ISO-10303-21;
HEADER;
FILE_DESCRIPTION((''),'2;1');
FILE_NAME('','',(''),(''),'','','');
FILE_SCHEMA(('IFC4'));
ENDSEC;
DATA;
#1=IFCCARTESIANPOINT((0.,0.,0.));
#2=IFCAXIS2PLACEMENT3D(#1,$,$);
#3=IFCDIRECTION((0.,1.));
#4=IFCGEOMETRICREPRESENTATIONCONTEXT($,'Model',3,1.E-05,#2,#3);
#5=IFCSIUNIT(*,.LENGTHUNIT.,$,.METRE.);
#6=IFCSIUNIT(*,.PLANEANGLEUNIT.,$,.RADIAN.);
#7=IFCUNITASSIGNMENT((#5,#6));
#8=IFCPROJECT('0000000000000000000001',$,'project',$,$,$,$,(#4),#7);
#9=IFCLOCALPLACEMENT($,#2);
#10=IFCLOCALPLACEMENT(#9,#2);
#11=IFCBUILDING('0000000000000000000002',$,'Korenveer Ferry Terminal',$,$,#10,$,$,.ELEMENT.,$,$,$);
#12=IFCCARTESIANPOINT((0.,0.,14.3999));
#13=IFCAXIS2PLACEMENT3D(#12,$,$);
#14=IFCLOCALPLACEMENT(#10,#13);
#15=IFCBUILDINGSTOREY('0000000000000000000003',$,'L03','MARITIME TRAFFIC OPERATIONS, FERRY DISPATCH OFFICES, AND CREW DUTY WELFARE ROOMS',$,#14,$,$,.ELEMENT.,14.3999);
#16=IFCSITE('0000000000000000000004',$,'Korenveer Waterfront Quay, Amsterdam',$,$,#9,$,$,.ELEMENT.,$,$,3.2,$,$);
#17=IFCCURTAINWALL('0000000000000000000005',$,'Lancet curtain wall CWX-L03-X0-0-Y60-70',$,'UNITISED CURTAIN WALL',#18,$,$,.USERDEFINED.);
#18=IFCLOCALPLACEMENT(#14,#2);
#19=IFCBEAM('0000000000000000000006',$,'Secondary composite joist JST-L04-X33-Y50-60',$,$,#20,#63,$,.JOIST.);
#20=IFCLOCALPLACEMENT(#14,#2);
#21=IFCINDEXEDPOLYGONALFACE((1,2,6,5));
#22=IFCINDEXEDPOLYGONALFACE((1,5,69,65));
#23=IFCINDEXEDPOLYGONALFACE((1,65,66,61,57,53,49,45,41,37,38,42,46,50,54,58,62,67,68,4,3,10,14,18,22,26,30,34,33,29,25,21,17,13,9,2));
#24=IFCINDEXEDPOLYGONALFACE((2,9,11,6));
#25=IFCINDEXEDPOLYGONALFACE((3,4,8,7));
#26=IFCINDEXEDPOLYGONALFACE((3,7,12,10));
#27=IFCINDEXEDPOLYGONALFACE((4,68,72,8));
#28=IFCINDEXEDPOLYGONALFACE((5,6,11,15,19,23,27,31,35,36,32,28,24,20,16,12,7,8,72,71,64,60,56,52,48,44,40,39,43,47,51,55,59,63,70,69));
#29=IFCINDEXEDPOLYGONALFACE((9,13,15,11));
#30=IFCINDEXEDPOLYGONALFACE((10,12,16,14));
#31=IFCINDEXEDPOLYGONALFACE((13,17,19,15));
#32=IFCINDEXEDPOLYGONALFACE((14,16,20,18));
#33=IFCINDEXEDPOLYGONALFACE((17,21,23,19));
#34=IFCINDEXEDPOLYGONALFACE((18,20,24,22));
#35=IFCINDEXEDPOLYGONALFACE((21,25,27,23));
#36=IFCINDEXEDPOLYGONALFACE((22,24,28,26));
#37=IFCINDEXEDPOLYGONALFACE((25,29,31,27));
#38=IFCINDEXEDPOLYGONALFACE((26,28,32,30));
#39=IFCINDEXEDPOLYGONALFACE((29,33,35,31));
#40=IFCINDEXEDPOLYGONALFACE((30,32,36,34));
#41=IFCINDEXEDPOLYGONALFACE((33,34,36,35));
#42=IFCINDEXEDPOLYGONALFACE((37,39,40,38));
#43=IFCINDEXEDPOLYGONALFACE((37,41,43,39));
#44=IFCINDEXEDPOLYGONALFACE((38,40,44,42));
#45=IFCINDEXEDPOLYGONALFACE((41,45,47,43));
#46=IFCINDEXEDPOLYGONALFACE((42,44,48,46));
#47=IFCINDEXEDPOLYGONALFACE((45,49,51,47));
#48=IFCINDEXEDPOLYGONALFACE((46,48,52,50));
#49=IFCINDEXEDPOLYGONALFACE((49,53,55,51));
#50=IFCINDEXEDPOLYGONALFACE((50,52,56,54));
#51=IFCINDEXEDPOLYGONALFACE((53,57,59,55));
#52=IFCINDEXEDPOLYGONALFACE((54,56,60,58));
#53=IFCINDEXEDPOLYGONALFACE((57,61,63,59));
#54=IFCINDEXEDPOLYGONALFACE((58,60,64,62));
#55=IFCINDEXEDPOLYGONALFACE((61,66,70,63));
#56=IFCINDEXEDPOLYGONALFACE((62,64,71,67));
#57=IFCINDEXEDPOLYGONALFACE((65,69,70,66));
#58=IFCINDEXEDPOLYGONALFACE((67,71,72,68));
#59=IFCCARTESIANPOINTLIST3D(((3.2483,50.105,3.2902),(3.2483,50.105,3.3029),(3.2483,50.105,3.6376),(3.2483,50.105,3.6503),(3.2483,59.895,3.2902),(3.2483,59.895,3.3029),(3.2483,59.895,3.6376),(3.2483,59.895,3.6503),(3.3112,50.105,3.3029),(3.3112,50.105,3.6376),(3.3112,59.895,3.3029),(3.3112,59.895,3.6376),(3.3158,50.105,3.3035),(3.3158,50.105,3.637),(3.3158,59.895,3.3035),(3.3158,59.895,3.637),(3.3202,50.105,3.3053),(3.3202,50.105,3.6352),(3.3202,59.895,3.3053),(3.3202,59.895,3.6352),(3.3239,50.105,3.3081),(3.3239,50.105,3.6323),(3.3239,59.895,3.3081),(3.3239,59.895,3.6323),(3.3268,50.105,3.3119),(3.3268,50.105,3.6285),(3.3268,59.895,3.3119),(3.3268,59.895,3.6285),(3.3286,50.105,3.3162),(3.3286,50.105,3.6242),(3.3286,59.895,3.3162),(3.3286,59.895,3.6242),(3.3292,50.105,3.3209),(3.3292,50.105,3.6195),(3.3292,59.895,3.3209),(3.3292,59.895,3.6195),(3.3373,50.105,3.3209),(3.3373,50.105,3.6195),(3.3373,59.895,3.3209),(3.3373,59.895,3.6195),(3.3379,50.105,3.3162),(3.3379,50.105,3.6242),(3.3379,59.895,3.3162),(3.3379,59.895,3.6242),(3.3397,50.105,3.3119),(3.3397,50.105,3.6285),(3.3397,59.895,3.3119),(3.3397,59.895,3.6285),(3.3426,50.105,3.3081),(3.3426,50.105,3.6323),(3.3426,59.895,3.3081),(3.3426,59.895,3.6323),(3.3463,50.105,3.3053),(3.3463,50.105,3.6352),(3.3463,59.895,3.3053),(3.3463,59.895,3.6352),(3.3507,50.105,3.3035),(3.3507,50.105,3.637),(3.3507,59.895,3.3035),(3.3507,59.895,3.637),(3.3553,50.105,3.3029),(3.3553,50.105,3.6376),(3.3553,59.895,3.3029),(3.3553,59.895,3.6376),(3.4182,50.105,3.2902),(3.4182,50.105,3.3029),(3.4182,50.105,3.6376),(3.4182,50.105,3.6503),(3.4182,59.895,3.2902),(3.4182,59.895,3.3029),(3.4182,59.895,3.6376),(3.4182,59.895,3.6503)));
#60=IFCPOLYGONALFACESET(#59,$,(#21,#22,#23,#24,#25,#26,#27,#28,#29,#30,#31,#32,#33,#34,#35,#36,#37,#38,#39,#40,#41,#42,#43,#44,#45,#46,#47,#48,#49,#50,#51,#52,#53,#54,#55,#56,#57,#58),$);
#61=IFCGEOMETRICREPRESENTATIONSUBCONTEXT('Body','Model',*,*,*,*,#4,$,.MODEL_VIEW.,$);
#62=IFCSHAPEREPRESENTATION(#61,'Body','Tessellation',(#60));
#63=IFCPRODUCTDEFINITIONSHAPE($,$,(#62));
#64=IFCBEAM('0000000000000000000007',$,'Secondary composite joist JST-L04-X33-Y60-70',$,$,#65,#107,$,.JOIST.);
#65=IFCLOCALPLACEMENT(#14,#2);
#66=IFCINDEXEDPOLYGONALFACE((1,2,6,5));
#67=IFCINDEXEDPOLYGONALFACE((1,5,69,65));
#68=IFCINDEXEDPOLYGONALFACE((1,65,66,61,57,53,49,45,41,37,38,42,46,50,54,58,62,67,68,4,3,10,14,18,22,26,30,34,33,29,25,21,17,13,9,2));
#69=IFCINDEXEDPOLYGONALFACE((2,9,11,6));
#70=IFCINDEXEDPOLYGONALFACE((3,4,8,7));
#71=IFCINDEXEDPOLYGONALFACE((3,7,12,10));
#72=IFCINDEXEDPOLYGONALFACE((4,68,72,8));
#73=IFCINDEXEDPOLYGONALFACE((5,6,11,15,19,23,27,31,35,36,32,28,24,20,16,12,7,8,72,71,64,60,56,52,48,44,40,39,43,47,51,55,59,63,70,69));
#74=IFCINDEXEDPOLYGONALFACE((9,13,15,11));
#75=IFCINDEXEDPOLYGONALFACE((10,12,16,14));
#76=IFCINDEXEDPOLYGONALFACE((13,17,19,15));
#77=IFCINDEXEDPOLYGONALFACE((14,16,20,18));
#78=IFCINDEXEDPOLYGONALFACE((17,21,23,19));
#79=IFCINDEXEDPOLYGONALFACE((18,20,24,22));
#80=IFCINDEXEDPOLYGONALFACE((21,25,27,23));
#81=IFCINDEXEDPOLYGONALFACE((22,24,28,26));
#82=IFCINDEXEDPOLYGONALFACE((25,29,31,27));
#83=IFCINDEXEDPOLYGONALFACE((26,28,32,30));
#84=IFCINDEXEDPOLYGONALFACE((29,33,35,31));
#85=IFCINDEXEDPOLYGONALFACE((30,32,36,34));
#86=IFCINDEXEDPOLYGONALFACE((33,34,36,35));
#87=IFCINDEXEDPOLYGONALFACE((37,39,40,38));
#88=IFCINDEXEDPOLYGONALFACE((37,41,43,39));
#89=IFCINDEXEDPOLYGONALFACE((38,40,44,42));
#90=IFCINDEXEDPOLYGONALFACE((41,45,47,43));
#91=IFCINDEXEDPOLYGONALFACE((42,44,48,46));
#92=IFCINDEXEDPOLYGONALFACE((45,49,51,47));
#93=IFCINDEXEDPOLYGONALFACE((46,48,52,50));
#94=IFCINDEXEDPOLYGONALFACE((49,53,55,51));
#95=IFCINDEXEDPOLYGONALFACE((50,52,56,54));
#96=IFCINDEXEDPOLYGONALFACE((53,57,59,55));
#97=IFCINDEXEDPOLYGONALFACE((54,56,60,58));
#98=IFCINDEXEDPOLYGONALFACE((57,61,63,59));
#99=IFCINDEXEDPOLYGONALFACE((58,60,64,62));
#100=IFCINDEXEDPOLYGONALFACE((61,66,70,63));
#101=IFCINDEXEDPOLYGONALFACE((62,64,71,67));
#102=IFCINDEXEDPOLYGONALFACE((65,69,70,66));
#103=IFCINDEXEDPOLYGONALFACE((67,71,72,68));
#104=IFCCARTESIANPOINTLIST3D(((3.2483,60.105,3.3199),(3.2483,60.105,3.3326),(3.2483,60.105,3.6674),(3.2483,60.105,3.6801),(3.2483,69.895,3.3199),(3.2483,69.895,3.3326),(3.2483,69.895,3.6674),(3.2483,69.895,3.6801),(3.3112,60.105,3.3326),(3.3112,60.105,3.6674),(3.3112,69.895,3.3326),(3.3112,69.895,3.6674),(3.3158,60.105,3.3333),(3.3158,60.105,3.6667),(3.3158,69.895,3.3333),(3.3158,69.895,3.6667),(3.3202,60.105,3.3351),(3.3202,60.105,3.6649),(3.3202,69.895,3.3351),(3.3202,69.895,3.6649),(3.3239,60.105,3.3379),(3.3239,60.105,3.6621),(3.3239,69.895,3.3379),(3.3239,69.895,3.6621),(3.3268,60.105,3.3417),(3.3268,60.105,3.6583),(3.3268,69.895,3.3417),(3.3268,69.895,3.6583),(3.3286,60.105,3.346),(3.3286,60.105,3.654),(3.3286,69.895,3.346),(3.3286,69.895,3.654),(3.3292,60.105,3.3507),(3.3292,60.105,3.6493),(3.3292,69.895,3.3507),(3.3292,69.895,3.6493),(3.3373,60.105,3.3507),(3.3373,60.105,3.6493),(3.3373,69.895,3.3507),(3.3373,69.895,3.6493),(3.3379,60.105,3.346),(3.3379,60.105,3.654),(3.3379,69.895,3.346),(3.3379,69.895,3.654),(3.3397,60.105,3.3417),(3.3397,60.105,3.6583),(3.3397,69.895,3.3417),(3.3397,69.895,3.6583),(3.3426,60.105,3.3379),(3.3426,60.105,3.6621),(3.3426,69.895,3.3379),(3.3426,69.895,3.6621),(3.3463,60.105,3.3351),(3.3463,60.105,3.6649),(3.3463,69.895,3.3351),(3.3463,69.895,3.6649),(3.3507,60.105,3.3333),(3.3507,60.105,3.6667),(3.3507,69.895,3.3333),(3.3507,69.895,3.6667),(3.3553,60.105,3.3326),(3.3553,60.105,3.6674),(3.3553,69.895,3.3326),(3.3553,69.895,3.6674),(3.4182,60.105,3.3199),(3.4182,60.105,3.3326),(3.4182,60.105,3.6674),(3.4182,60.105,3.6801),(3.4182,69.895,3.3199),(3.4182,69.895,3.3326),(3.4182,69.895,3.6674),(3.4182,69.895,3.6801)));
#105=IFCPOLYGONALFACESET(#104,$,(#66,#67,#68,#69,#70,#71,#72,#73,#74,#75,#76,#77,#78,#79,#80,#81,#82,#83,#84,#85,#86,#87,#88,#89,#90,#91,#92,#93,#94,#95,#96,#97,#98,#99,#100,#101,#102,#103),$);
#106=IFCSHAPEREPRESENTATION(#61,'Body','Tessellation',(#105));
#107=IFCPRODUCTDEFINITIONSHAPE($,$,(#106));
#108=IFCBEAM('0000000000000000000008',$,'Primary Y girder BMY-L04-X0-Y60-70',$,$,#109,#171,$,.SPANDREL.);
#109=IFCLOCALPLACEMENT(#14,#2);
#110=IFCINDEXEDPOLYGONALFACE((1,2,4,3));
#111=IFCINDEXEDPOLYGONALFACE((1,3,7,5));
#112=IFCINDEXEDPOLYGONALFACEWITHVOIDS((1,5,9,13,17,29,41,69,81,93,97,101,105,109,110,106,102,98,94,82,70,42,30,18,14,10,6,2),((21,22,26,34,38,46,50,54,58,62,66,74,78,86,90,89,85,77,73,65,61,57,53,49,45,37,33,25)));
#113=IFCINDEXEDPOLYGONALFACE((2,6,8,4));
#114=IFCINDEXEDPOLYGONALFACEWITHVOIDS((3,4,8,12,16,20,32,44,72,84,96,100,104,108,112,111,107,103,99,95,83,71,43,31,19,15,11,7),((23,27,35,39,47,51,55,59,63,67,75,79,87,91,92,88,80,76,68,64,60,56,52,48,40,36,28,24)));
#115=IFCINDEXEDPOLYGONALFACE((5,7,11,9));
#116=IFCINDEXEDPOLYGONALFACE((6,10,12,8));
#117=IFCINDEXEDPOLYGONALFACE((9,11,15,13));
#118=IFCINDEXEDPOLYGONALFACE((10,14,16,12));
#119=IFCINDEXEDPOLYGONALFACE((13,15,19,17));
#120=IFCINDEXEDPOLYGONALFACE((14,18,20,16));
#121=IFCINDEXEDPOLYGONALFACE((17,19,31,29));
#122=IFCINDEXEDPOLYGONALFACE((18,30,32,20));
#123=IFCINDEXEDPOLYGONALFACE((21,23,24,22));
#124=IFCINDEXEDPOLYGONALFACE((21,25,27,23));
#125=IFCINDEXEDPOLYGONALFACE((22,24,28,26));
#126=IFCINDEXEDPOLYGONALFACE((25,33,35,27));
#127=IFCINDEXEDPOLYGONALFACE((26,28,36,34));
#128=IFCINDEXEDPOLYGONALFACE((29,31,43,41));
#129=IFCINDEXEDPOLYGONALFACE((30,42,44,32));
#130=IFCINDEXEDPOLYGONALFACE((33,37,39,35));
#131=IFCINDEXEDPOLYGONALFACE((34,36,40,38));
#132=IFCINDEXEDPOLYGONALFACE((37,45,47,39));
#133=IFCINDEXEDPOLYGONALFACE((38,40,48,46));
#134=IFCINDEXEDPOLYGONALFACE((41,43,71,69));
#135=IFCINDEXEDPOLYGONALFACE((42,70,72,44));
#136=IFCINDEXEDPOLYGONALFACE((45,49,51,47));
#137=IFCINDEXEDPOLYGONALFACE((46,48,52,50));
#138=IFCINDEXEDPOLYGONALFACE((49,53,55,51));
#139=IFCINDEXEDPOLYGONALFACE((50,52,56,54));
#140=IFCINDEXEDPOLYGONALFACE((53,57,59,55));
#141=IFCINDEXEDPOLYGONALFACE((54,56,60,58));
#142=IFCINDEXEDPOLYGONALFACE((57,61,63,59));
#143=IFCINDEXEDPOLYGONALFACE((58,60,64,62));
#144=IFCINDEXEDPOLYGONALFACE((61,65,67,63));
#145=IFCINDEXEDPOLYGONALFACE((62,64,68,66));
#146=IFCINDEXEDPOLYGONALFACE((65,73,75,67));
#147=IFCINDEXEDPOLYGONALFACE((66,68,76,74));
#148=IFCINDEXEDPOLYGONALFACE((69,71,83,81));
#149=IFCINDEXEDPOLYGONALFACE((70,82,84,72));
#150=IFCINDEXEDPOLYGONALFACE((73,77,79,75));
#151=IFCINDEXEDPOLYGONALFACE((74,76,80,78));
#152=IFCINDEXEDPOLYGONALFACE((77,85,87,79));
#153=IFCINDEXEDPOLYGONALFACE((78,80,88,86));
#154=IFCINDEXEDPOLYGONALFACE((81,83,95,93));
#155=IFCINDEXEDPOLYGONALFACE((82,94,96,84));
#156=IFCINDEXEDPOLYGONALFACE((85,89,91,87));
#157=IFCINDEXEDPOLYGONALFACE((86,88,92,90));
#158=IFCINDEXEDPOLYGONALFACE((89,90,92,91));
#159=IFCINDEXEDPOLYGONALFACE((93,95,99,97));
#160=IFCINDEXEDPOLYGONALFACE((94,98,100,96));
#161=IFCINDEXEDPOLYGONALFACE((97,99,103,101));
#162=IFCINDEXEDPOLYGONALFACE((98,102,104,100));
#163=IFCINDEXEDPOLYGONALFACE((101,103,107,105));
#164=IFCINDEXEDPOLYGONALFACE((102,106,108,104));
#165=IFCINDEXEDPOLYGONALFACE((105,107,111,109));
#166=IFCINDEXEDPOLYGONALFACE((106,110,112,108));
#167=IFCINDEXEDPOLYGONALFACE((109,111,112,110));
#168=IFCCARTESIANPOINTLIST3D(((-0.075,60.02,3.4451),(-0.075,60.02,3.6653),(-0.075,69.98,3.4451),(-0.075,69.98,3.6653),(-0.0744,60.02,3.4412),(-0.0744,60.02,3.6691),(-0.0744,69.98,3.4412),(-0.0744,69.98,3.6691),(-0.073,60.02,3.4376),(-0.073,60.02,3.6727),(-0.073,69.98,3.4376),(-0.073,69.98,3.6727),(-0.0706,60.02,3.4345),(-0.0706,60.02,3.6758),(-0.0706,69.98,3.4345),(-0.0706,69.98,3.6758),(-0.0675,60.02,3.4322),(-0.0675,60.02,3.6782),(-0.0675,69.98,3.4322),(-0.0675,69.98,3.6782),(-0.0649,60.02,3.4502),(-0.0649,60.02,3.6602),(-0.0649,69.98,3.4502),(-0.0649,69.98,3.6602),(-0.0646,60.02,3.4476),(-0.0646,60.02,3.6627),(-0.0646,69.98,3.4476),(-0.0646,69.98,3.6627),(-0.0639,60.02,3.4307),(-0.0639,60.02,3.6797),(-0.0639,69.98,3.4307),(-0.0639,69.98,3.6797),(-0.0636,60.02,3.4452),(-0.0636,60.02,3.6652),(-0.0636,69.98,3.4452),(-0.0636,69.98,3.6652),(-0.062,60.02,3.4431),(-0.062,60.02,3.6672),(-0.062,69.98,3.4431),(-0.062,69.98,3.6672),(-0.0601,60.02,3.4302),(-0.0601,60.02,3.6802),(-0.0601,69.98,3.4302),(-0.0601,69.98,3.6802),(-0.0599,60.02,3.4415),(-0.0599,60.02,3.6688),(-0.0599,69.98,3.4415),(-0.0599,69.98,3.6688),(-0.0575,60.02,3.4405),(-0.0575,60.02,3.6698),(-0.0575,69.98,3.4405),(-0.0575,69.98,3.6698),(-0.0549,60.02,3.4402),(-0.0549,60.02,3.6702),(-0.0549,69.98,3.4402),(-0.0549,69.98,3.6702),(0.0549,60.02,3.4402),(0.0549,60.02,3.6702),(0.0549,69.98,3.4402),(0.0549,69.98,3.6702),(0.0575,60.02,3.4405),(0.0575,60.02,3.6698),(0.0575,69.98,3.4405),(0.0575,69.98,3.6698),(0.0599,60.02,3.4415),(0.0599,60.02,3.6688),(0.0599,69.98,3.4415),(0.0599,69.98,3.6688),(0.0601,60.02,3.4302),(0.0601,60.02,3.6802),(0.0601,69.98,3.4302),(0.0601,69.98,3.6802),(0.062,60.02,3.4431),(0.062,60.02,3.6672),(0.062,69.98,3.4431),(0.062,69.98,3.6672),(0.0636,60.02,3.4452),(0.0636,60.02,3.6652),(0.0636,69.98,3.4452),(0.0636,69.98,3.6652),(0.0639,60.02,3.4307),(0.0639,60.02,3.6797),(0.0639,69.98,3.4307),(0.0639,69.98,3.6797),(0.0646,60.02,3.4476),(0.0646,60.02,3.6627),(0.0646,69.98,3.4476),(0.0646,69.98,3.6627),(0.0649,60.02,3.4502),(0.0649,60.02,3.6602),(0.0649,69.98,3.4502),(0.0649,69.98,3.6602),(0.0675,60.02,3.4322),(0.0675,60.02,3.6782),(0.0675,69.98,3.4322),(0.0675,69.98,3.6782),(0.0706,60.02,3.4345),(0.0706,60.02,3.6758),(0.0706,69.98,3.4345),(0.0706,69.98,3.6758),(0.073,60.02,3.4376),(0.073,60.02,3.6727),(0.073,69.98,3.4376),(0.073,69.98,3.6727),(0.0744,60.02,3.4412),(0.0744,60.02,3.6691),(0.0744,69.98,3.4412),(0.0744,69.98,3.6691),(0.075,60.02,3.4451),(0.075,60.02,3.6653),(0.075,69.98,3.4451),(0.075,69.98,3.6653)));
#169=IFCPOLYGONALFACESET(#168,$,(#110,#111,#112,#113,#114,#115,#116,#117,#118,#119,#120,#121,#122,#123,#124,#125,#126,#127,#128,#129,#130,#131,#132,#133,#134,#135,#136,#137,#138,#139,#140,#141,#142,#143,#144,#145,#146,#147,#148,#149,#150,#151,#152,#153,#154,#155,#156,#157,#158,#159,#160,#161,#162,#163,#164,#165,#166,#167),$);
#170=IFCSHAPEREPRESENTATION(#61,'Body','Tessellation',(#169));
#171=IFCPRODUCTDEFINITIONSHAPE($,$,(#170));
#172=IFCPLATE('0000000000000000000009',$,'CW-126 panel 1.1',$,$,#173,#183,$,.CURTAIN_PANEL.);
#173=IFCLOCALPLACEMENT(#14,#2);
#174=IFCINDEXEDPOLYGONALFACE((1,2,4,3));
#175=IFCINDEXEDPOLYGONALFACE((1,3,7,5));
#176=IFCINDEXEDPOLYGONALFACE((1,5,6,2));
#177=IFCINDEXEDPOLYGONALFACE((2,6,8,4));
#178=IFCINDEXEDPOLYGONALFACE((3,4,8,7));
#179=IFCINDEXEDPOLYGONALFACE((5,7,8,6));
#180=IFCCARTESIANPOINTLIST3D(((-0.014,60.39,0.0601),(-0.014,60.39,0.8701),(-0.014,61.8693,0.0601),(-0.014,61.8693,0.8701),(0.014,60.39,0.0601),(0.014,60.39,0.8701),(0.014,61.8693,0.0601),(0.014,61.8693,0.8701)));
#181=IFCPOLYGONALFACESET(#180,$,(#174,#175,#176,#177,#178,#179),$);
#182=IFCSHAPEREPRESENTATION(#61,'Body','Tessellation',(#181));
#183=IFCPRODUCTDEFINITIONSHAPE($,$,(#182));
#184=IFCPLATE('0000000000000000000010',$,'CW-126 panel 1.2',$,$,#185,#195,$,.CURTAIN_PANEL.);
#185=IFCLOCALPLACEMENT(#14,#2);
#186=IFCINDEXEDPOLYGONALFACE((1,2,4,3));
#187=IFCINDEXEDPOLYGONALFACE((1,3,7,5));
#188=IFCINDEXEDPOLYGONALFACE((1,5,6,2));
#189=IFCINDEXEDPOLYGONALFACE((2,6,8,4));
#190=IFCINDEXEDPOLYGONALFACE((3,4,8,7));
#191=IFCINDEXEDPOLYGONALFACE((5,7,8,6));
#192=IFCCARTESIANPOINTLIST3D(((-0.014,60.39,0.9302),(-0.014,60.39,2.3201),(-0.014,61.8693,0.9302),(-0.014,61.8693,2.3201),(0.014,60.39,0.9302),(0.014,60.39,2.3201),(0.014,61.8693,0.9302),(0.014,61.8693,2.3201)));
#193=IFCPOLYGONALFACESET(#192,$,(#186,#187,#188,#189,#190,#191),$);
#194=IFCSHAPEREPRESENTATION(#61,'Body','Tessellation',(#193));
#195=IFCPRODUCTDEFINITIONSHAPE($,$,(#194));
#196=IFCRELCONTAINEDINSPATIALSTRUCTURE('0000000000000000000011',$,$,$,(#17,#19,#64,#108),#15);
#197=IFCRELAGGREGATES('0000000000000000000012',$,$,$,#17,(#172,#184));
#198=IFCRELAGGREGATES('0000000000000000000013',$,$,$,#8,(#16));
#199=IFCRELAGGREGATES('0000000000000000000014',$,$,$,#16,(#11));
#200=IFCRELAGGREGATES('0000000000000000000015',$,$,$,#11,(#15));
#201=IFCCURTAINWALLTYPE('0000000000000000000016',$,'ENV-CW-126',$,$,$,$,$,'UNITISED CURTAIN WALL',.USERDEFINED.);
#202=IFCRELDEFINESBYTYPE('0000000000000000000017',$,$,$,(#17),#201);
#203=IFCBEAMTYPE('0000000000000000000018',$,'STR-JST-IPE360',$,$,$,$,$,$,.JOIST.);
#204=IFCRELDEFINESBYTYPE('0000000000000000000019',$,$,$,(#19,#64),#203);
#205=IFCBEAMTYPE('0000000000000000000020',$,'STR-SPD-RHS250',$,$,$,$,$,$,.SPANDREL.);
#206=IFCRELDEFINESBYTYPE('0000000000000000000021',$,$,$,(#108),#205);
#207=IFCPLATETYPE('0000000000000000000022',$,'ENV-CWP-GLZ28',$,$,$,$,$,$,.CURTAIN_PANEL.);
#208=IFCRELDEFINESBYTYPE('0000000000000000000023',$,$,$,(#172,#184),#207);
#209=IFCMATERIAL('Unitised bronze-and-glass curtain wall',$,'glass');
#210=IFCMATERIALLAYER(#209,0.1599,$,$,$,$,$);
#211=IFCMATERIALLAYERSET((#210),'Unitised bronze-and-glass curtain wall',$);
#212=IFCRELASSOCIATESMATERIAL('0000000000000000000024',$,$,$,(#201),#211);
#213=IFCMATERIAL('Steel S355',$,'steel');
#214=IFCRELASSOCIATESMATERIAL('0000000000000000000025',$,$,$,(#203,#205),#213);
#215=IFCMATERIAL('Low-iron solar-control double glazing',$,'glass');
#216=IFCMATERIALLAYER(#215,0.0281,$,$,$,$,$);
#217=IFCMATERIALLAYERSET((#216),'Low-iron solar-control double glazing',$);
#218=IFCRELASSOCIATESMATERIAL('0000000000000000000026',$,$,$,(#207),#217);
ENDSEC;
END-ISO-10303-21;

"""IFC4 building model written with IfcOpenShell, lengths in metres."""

from ifc_helpers import new_model, si_unit, direction, frame, origin, origin_2d, place, context, subcontext, project, spatial, rectangle, hollow_rectangle, i_section, extrude, material, layer, layer_set, material_profile, profile_set, type_object, element, aggregate, save


model = new_model("IFC4")

# Units and contexts
model_context = context("Model", 3, precision=1e-05, world=origin(), true_north=direction((0.0, 1.0)))
body_context = subcontext(model_context, "Body", "Model", "MODEL_VIEW")
ifc_project = project(units=[si_unit("LENGTHUNIT", "METRE"), si_unit("PLANEANGLEUNIT", "RADIAN")], contexts=[model_context])

# Site, building, storey
site_placement = place(None, origin())
site = spatial("IfcSite", under=ifc_project, at=site_placement, Name="Korenveer Waterfront Quay, Amsterdam", CompositionType="ELEMENT", RefElevation=3.2)
building_placement = place(site_placement, origin())
building = spatial("IfcBuilding", under=site, at=building_placement, Name="Korenveer Ferry Terminal", CompositionType="ELEMENT")
storey_placement = place(building_placement, frame((0.0, 0.0, 14.3999)))
storey = spatial("IfcBuildingStorey", under=building, at=storey_placement, Name="L03", Description="MARITIME TRAFFIC OPERATIONS, FERRY DISPATCH OFFICES, AND CREW DUTY WELFARE ROOMS", CompositionType="ELEMENT", Elevation=14.3999)

# Curtain wall
ifc_material_1 = material(Name="Unitised bronze-and-glass curtain wall", Category="glass")
ifc_layer_1 = layer(ifc_material_1, 0.1599)
ifc_layer_set_1 = layer_set([ifc_layer_1], Name="Unitised bronze-and-glass curtain wall")
curtain_wall_type = type_object("IfcCurtainWallType", Name="ENV-CW-126", ElementType="UNITISED CURTAIN WALL", PredefinedType="USERDEFINED", material=ifc_layer_set_1)
curtain_wall_placement = place(storey_placement, frame((0.0, 60.3301, 0.0)))
curtain_wall = element("IfcCurtainWall", 1, at=curtain_wall_placement, inside=storey, type_object=curtain_wall_type, Name="Lancet curtain wall CWX-L03-X0-0-Y60-70", ObjectType="UNITISED CURTAIN WALL", PredefinedType="USERDEFINED")

# Beams
ifc_material_2 = material(Name="Steel S355", Category="steel")
ifc_material_profile_1 = material_profile(ifc_material_2, i_section(OverallWidth=0.1699, OverallDepth=0.3601, WebThickness=0.0081, FlangeThickness=0.0127, FilletRadius=0.0181, at=origin_2d()), Name="IPE 360")
ifc_profile_set_1 = profile_set([ifc_material_profile_1], Name="Steel S355")
beam_type_1 = type_object("IfcBeamType", Name="STR-JST-IPE360", PredefinedType="JOIST", material=ifc_profile_set_1)
for number, where, z_axis, x_axis, name in (
    (2, (3.3333, 50.105, 3.4702), (0.0, 1.0, 0.0), (-1.0, 0.0, 0.0), "Secondary composite joist JST-L04-X33-Y50-60"),
    (3, (3.3333, 60.105, 3.5), (0.0, 1.0, 0.0), (-1.0, 0.0, 0.0), "Secondary composite joist JST-L04-X33-Y60-70"),
):
    element("IfcBeam", number, at=place(storey_placement, frame(where, z_axis=z_axis, x_axis=x_axis)), inside=storey, type_object=beam_type_1, Name=name, PredefinedType="JOIST", context=body_context, shape_type="SweptSolid", body=[
        extrude(i_section(OverallWidth=0.1699, OverallDepth=0.3601, WebThickness=0.0081, FlangeThickness=0.0127, FilletRadius=0.0181, at=origin_2d()), origin(), (0.0, 0.0, 1.0), 9.79),
    ])
ifc_material_profile_2 = material_profile(ifc_material_2, hollow_rectangle(XDim=0.1499, YDim=0.25, WallThickness=0.01, InnerFilletRadius=0.01, OuterFilletRadius=0.0149, at=origin_2d()), Name="RHS 250x150x10")
ifc_profile_set_2 = profile_set([ifc_material_profile_2], Name="Steel S355")
beam_type_2 = type_object("IfcBeamType", Name="STR-SPD-RHS250", PredefinedType="SPANDREL", material=ifc_profile_set_2)
beam_1_placement = place(storey_placement, frame((0.0, 60.02, 3.5552), z_axis=(0.0, 1.0, 0.0), x_axis=(-1.0, 0.0, 0.0)))
element("IfcBeam", 4, at=beam_1_placement, inside=storey, type_object=beam_type_2, Name="Primary Y girder BMY-L04-X0-Y60-70", PredefinedType="SPANDREL", context=body_context, shape_type="SweptSolid", body=[
    extrude(hollow_rectangle(XDim=0.1499, YDim=0.25, WallThickness=0.01, InnerFilletRadius=0.01, OuterFilletRadius=0.0149, at=origin_2d()), origin(), (0.0, 0.0, 1.0), 9.96),
])

# Plates
ifc_material_3 = material(Name="Low-iron solar-control double glazing", Category="glass")
ifc_layer_2 = layer(ifc_material_3, 0.0281)
ifc_layer_set_2 = layer_set([ifc_layer_2], Name="Low-iron solar-control double glazing")
plate_type = type_object("IfcPlateType", Name="ENV-CWP-GLZ28", PredefinedType="CURTAIN_PANEL", material=ifc_layer_set_2)
plate_1_placement = place(storey_placement, frame((0.0, 61.1296, 0.0601), z_axis=(0.0, 0.0, 1.0), x_axis=(0.0, 1.0, 0.0)))
plate_1 = element("IfcPlate", 5, at=plate_1_placement, type_object=plate_type, Name="CW-126 panel 1.1", PredefinedType="CURTAIN_PANEL", context=body_context, shape_type="SweptSolid", body=[
    extrude(rectangle(XDim=1.4792, YDim=0.0281, at=origin_2d()), origin(), (0.0, 0.0, 1.0), 0.8101),
])
plate_2_placement = place(storey_placement, frame((0.0, 61.1296, 0.9302), z_axis=(0.0, 0.0, 1.0), x_axis=(0.0, 1.0, 0.0)))
plate_2 = element("IfcPlate", 6, at=plate_2_placement, type_object=plate_type, Name="CW-126 panel 1.2", PredefinedType="CURTAIN_PANEL", context=body_context, shape_type="SweptSolid", body=[
    extrude(rectangle(XDim=1.4792, YDim=0.0281, at=origin_2d()), origin(), (0.0, 0.0, 1.0), 1.3899),
])
aggregate(curtain_wall, [plate_1, plate_2])

save(model, "model.ifc")
